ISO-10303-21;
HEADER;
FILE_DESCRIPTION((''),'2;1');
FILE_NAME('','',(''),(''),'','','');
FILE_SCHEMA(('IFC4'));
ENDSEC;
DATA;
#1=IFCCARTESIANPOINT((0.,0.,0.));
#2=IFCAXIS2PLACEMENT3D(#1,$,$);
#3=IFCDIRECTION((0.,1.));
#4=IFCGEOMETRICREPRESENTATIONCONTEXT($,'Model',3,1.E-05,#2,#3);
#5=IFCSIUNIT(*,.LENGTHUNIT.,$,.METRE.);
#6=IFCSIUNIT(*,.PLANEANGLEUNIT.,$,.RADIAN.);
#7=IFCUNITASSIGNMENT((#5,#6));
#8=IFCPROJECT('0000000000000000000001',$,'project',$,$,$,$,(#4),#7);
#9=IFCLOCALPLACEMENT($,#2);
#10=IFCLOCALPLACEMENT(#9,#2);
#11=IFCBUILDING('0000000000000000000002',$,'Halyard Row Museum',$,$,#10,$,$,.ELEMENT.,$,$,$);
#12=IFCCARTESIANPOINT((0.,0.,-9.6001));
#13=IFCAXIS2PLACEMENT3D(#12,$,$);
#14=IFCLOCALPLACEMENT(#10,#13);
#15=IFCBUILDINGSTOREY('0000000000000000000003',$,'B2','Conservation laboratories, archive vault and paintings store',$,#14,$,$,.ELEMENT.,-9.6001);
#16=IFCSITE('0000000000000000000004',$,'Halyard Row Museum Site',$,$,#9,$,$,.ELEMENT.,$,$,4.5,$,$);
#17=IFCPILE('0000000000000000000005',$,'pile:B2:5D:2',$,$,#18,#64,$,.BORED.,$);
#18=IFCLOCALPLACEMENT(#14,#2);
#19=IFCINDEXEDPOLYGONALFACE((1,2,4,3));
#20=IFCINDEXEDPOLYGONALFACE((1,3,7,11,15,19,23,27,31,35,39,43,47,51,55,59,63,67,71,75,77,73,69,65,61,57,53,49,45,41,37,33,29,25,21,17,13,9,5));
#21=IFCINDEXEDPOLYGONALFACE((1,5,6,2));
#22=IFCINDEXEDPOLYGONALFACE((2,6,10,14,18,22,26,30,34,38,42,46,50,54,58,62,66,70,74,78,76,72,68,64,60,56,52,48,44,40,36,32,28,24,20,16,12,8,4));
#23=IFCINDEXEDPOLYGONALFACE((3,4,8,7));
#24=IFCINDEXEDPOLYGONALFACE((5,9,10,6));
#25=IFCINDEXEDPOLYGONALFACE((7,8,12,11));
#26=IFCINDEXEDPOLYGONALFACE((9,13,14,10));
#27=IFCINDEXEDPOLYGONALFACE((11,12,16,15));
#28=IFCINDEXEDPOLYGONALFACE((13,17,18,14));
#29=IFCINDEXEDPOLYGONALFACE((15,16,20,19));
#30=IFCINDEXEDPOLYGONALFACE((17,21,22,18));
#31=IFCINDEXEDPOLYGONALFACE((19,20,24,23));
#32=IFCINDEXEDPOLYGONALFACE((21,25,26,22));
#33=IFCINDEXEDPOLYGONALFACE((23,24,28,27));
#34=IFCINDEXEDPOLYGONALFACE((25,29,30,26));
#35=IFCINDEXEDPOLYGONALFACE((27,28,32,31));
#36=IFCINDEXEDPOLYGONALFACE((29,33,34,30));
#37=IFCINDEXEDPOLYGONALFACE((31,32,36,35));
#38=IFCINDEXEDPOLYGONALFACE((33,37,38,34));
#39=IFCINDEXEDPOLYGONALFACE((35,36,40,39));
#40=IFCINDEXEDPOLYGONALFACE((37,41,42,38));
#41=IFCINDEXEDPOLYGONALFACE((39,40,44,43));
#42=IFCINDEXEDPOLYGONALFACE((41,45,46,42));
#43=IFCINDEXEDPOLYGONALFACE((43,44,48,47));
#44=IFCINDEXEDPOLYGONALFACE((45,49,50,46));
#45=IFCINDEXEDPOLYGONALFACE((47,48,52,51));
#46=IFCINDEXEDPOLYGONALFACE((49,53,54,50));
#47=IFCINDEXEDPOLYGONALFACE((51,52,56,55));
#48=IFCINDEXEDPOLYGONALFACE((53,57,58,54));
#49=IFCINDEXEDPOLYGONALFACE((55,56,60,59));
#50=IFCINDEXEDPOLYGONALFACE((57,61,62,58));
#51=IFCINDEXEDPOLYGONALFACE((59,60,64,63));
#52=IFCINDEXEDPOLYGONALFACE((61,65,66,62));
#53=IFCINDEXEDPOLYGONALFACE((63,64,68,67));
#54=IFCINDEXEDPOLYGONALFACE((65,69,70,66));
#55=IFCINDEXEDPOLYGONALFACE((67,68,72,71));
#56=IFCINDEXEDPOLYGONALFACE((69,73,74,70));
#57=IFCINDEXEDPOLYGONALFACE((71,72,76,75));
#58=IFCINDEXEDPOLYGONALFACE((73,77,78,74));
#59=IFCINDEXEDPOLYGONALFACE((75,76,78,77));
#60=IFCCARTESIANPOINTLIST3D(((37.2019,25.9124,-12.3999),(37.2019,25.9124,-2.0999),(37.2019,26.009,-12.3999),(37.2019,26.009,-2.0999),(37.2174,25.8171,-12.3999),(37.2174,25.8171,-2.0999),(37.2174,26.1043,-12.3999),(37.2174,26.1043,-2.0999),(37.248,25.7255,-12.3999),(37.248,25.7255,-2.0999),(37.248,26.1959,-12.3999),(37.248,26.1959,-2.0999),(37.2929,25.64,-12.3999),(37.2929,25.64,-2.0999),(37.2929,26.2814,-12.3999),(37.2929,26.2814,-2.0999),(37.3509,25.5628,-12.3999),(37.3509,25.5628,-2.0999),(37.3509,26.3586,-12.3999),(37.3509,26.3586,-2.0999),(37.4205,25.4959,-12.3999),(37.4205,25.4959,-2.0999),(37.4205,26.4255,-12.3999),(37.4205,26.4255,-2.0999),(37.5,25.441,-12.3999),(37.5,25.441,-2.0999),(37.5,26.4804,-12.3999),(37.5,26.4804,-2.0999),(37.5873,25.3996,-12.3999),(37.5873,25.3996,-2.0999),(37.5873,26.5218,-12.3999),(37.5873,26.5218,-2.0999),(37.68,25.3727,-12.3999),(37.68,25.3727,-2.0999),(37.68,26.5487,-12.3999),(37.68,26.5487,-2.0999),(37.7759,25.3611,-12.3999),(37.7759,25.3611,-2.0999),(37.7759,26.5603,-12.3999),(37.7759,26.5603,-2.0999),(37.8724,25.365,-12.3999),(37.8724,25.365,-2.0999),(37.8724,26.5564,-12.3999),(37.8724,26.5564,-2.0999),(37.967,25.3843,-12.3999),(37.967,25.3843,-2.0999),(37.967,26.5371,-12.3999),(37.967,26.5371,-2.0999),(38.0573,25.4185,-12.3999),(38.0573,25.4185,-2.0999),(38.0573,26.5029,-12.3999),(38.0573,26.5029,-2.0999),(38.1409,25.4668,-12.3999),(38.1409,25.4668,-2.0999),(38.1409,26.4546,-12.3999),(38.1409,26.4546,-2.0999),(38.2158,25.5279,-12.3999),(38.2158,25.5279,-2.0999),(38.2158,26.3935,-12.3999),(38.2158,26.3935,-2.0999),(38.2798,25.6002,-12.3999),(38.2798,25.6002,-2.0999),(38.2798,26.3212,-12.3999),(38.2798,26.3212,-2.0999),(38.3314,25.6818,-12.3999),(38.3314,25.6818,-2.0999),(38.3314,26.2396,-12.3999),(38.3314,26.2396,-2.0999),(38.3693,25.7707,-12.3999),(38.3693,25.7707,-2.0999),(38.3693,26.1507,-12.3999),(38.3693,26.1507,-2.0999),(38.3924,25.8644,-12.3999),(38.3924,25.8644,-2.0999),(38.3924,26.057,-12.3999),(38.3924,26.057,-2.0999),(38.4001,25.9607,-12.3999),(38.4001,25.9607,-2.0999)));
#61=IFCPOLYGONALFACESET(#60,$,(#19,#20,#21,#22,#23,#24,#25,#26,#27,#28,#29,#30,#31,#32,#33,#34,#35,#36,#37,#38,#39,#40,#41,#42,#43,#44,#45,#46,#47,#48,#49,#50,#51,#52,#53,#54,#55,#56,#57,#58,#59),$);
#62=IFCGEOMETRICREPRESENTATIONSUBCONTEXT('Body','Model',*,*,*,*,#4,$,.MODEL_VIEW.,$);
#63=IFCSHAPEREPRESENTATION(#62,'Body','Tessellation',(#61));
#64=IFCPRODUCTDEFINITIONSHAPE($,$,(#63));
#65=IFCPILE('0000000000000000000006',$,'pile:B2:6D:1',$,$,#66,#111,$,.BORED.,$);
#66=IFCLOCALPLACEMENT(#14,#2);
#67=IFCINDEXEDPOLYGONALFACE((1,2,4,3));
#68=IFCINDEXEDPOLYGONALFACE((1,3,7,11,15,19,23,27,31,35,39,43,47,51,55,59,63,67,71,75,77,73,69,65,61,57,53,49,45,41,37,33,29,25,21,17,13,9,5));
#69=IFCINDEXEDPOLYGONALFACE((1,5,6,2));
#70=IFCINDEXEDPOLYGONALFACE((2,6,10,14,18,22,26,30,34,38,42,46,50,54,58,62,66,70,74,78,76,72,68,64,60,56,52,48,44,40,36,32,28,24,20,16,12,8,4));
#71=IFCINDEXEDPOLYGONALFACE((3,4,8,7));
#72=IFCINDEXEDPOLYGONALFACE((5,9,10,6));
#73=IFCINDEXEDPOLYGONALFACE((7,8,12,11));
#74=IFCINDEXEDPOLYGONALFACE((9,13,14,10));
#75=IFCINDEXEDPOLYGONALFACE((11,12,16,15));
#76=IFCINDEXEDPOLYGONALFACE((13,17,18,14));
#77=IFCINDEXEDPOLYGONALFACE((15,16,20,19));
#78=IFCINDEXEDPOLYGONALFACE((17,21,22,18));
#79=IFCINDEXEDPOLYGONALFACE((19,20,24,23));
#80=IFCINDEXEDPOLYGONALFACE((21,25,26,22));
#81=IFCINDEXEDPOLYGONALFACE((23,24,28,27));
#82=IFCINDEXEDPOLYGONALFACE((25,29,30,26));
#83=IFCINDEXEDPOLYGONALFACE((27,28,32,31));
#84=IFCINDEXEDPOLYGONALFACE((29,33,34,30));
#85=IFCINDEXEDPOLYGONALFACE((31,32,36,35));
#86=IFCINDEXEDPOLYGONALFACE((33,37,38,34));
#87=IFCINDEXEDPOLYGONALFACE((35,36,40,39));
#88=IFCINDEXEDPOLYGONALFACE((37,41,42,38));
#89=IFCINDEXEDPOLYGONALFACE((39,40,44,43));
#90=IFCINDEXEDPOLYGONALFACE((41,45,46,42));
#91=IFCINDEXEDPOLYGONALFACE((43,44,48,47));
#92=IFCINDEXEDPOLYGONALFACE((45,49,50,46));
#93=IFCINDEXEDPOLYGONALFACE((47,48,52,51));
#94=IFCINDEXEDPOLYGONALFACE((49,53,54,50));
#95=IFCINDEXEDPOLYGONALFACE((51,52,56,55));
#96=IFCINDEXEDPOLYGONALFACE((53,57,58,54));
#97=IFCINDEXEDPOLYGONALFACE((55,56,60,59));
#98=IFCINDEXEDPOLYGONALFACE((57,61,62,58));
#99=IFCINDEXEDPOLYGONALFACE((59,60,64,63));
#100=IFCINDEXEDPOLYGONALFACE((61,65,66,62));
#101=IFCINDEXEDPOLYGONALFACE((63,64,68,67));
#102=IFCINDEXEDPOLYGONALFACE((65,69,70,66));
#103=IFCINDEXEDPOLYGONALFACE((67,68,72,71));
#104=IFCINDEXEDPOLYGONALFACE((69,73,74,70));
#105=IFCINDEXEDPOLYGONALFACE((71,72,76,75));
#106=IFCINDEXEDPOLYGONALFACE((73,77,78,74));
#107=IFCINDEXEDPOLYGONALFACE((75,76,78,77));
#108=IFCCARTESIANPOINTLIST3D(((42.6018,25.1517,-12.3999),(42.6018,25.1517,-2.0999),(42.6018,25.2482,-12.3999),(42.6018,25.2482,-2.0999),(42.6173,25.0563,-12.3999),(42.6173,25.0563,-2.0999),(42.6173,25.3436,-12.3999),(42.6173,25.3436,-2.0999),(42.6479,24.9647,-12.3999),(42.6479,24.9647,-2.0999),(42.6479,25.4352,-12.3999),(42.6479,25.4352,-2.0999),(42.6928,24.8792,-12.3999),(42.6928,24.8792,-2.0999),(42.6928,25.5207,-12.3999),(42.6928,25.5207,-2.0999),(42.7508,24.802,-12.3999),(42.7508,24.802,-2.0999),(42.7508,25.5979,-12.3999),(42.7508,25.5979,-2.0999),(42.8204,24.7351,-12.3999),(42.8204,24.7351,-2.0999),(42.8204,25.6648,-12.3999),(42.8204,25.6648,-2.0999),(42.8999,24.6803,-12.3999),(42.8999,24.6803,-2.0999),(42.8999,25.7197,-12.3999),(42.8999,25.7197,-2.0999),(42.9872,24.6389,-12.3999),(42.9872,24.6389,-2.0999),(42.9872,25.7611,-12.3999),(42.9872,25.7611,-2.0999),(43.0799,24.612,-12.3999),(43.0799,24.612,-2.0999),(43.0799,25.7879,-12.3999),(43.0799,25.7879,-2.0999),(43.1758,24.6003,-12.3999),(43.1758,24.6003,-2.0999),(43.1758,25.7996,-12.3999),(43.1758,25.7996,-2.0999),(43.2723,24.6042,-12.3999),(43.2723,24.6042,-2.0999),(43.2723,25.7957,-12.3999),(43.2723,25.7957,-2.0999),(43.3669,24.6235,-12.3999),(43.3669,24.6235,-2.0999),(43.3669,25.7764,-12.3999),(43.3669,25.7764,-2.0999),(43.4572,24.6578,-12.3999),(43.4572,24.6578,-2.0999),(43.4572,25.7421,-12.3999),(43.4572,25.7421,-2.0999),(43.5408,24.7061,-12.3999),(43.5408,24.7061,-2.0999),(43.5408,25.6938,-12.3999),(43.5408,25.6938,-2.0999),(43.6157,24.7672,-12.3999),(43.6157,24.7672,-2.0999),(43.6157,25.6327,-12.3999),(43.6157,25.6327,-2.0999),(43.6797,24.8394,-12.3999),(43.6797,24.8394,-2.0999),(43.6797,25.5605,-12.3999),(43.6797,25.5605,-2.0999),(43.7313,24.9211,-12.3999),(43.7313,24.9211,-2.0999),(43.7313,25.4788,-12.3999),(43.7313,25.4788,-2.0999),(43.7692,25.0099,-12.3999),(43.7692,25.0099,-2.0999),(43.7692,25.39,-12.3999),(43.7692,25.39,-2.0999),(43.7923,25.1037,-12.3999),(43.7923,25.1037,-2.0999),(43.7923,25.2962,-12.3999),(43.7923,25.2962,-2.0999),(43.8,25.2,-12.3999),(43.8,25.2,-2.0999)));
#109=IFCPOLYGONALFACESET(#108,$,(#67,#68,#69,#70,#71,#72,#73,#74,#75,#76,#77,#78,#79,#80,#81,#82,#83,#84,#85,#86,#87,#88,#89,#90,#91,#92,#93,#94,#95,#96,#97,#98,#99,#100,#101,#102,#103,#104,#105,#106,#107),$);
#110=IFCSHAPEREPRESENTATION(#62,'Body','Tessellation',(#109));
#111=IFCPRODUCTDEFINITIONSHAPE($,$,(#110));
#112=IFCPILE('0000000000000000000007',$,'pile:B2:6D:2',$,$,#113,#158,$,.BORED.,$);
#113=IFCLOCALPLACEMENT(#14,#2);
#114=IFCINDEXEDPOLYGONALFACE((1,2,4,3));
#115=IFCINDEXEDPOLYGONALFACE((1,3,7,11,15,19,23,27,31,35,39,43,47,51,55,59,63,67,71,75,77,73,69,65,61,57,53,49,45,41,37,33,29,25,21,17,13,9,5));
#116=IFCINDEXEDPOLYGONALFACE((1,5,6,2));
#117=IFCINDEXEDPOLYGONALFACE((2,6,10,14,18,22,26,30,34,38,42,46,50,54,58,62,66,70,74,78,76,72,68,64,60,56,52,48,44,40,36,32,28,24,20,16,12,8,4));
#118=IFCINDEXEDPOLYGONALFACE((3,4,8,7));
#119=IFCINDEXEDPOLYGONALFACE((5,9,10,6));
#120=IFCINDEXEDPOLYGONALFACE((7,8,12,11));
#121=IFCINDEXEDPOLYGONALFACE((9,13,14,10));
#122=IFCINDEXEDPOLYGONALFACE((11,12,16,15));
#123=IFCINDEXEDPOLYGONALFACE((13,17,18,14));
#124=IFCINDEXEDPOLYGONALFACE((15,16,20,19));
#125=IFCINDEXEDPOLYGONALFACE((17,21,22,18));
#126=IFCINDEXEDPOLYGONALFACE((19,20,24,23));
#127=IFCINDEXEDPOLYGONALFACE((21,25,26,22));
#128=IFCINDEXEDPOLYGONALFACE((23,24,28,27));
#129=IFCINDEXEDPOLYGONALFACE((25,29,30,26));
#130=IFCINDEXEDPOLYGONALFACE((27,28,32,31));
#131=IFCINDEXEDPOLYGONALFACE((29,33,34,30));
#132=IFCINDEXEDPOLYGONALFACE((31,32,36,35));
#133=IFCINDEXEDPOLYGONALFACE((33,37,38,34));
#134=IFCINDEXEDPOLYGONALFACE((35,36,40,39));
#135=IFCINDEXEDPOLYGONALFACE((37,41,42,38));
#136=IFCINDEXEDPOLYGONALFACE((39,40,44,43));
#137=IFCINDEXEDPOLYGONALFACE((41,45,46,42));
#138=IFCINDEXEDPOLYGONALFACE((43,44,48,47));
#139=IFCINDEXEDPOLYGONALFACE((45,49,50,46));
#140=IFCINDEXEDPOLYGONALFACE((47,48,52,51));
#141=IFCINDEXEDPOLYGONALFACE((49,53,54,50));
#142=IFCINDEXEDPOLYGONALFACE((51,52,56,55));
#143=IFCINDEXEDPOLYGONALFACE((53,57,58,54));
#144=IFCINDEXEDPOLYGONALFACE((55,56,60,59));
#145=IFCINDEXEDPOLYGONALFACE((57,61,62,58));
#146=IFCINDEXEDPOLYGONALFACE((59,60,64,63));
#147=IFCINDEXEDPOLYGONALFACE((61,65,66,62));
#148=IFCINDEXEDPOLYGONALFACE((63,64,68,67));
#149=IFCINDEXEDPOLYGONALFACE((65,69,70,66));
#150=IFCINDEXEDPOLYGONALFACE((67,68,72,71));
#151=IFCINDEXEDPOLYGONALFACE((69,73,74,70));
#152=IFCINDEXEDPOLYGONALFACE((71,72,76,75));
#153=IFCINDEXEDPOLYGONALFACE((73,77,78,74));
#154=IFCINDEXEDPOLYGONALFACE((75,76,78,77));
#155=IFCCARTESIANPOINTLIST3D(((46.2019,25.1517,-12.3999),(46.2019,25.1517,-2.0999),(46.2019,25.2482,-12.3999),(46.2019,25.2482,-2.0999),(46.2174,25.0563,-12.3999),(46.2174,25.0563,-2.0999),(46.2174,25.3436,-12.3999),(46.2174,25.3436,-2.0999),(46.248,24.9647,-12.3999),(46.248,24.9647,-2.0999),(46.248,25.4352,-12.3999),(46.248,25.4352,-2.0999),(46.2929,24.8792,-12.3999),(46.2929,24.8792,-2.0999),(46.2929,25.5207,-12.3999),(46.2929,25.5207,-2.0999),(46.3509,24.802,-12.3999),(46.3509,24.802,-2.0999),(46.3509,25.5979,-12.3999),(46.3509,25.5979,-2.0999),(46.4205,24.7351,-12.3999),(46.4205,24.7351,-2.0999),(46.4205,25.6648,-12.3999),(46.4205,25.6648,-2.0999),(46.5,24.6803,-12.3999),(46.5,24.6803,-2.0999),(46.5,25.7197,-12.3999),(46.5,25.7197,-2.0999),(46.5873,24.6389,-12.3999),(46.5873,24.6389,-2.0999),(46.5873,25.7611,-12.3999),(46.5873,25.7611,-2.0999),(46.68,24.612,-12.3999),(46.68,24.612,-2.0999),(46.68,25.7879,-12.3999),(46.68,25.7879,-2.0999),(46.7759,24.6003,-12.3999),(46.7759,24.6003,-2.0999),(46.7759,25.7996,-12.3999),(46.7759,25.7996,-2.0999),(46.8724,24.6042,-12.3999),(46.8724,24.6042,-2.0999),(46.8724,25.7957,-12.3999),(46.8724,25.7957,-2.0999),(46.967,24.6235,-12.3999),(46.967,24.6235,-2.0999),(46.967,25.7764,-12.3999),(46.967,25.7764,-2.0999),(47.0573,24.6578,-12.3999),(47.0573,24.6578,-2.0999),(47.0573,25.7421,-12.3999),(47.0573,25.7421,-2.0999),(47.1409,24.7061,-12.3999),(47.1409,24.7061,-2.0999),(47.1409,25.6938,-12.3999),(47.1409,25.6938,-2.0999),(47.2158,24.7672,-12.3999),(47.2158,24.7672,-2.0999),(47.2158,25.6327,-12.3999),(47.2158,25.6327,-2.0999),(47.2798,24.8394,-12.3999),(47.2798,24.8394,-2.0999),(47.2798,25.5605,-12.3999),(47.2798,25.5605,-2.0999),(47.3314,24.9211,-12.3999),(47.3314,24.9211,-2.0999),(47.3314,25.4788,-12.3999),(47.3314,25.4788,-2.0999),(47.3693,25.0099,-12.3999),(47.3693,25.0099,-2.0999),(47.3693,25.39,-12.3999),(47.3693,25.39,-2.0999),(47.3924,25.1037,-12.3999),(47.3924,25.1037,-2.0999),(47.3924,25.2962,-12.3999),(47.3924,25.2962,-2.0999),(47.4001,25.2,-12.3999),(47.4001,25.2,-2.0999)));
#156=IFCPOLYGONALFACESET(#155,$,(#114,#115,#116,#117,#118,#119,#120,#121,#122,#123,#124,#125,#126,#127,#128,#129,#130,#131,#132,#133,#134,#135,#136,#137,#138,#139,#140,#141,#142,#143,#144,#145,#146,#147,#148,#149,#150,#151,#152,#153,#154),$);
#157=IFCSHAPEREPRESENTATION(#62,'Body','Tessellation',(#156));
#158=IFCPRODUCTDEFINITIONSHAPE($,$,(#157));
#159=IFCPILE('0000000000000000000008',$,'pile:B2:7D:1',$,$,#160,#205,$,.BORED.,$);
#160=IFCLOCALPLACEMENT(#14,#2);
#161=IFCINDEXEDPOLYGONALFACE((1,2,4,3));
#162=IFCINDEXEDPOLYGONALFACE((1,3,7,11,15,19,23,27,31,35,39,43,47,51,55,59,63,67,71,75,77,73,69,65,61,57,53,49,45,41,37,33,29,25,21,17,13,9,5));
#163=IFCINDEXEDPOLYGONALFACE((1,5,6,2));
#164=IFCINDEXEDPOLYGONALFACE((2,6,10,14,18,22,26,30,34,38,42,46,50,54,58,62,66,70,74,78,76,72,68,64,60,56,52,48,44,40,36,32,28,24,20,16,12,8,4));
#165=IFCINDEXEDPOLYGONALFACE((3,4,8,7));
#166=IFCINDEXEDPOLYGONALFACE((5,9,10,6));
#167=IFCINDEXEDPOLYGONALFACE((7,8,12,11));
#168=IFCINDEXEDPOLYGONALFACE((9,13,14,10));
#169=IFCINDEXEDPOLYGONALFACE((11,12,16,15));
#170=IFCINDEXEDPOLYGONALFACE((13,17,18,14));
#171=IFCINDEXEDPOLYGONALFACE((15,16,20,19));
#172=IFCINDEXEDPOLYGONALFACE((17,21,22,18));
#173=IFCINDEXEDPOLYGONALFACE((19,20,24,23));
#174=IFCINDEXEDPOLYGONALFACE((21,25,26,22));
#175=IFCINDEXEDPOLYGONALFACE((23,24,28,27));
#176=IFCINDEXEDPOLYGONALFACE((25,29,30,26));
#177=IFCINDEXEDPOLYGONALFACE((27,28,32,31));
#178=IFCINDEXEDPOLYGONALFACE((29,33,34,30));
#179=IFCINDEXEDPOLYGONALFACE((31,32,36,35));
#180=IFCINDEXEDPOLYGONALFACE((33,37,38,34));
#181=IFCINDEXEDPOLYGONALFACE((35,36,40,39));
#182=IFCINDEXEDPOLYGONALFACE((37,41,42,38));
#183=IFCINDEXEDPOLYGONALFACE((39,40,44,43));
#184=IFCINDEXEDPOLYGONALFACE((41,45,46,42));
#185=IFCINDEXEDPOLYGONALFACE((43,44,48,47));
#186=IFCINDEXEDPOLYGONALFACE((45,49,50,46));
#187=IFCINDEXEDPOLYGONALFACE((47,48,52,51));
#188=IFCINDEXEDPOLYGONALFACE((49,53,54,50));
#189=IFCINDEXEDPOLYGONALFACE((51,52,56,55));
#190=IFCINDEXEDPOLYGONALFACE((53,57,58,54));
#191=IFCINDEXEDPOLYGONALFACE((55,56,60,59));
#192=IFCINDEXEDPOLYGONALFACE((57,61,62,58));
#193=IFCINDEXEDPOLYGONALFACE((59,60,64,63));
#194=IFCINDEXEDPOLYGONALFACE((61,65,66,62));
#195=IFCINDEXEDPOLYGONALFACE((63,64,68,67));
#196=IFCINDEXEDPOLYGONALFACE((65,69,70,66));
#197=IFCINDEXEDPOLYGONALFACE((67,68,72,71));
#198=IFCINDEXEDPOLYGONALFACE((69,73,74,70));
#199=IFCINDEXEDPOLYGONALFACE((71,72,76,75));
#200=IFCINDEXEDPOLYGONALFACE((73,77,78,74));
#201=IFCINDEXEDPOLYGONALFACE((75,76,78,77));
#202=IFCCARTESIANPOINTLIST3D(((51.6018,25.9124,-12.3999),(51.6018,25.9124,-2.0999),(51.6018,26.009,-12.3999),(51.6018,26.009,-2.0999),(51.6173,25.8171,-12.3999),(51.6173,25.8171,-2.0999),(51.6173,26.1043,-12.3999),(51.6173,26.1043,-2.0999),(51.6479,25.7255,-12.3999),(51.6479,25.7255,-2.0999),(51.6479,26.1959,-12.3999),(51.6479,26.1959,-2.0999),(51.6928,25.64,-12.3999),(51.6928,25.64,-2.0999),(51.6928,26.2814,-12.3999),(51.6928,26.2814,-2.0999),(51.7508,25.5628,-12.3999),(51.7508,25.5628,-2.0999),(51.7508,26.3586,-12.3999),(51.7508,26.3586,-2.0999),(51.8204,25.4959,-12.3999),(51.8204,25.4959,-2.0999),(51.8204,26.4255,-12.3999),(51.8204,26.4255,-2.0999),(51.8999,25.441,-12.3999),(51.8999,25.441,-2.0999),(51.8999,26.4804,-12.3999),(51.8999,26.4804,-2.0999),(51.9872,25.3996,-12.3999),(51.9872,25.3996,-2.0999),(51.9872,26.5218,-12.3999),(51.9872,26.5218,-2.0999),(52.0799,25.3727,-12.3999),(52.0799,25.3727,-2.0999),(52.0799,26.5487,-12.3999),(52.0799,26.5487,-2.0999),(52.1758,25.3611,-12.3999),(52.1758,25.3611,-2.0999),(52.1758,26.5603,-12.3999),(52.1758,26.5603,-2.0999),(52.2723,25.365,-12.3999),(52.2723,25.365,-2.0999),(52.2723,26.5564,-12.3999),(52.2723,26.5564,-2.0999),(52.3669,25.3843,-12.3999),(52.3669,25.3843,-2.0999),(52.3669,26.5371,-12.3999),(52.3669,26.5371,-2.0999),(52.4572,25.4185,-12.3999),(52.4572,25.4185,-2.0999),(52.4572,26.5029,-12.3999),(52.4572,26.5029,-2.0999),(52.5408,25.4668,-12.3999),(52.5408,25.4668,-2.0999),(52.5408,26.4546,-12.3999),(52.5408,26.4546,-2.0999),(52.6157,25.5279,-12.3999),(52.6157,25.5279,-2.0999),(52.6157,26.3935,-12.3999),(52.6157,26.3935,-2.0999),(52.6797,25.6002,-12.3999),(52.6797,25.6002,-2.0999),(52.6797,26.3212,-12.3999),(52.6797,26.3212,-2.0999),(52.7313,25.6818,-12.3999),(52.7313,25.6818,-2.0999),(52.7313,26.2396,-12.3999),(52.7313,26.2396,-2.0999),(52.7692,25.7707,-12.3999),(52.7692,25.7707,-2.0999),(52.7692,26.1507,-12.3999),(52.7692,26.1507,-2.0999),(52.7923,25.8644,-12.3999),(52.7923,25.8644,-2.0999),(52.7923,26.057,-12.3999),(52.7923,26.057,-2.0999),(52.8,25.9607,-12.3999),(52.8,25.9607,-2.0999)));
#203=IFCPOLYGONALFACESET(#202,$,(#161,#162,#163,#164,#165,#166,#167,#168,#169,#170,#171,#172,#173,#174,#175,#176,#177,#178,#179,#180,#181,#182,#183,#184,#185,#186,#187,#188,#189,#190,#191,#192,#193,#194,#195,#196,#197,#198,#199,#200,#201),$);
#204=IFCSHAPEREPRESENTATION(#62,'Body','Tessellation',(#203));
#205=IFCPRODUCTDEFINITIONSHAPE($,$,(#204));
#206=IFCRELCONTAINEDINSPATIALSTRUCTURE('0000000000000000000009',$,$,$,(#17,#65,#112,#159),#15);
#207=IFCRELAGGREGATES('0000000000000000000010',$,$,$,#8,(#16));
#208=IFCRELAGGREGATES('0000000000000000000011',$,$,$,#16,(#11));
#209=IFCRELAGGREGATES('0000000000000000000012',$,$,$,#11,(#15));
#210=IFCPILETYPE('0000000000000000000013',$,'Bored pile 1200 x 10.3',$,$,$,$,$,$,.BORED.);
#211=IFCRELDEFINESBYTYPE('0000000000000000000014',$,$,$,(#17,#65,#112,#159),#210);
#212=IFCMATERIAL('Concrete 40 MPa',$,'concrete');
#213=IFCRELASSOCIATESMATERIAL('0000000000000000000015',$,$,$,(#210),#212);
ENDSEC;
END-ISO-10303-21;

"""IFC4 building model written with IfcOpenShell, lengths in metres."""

from ifc_helpers import new_model, si_unit, direction, frame, origin, origin_2d, place, context, subcontext, project, spatial, circle, extrude, material, material_profile, profile_set, type_object, element, save


model = new_model("IFC4")

# Units and contexts
model_context = context("Model", 3, precision=1e-05, world=origin(), true_north=direction((0.0, 1.0)))
body_context = subcontext(model_context, "Body", "Model", "MODEL_VIEW")
ifc_project = project(units=[si_unit("LENGTHUNIT", "METRE"), si_unit("PLANEANGLEUNIT", "RADIAN")], contexts=[model_context])

# Site, building, storey
site_placement = place(None, origin())
site = spatial("IfcSite", under=ifc_project, at=site_placement, Name="Halyard Row Museum Site", CompositionType="ELEMENT", RefElevation=4.5)
building_placement = place(site_placement, origin())
building = spatial("IfcBuilding", under=site, at=building_placement, Name="Halyard Row Museum", CompositionType="ELEMENT")
storey_placement = place(building_placement, frame((0.0, 0.0, -9.6001)))
storey = spatial("IfcBuildingStorey", under=building, at=storey_placement, Name="B2", Description="Conservation laboratories, archive vault and paintings store", CompositionType="ELEMENT", Elevation=-9.6001)

# Piles
ifc_material_1 = material(Name="Concrete 40 MPa", Category="concrete")
ifc_material_profile_1 = material_profile(ifc_material_1, circle(Radius=0.6001, at=origin_2d()), Name="Bored pile 1200 x 10.3")
ifc_profile_set_1 = profile_set([ifc_material_profile_1], Name="Concrete 40 MPa")
pile_type_1 = type_object("IfcPileType", Name="Bored pile 1200 x 10.3", PredefinedType="BORED", material=ifc_profile_set_1)
for number, where, z_axis, x_axis, name in (
    (1, (37.8, 25.9607, -2.0999), (0.0, 0.0, -1.0), (1.0, 0.0, 0.0), "pile:B2:5D:2"),
    (2, (43.2, 25.2, -2.0999), (0.0, 0.0, -1.0), (1.0, 0.0, 0.0), "pile:B2:6D:1"),
    (3, (46.8, 25.2, -2.0999), (0.0, 0.0, -1.0), (1.0, 0.0, 0.0), "pile:B2:6D:2"),
    (4, (52.2, 25.9607, -2.0999), (0.0, 0.0, -1.0), (1.0, 0.0, 0.0), "pile:B2:7D:1"),
):
    element("IfcPile", number, at=place(storey_placement, frame(where, z_axis=z_axis, x_axis=x_axis)), inside=storey, type_object=pile_type_1, Name=name, PredefinedType="BORED", context=body_context, shape_type="SweptSolid", body=[
        extrude(circle(Radius=0.6001, at=origin_2d()), origin(), (0.0, 0.0, 1.0), 10.3),
    ])

save(model, "model.ifc")
